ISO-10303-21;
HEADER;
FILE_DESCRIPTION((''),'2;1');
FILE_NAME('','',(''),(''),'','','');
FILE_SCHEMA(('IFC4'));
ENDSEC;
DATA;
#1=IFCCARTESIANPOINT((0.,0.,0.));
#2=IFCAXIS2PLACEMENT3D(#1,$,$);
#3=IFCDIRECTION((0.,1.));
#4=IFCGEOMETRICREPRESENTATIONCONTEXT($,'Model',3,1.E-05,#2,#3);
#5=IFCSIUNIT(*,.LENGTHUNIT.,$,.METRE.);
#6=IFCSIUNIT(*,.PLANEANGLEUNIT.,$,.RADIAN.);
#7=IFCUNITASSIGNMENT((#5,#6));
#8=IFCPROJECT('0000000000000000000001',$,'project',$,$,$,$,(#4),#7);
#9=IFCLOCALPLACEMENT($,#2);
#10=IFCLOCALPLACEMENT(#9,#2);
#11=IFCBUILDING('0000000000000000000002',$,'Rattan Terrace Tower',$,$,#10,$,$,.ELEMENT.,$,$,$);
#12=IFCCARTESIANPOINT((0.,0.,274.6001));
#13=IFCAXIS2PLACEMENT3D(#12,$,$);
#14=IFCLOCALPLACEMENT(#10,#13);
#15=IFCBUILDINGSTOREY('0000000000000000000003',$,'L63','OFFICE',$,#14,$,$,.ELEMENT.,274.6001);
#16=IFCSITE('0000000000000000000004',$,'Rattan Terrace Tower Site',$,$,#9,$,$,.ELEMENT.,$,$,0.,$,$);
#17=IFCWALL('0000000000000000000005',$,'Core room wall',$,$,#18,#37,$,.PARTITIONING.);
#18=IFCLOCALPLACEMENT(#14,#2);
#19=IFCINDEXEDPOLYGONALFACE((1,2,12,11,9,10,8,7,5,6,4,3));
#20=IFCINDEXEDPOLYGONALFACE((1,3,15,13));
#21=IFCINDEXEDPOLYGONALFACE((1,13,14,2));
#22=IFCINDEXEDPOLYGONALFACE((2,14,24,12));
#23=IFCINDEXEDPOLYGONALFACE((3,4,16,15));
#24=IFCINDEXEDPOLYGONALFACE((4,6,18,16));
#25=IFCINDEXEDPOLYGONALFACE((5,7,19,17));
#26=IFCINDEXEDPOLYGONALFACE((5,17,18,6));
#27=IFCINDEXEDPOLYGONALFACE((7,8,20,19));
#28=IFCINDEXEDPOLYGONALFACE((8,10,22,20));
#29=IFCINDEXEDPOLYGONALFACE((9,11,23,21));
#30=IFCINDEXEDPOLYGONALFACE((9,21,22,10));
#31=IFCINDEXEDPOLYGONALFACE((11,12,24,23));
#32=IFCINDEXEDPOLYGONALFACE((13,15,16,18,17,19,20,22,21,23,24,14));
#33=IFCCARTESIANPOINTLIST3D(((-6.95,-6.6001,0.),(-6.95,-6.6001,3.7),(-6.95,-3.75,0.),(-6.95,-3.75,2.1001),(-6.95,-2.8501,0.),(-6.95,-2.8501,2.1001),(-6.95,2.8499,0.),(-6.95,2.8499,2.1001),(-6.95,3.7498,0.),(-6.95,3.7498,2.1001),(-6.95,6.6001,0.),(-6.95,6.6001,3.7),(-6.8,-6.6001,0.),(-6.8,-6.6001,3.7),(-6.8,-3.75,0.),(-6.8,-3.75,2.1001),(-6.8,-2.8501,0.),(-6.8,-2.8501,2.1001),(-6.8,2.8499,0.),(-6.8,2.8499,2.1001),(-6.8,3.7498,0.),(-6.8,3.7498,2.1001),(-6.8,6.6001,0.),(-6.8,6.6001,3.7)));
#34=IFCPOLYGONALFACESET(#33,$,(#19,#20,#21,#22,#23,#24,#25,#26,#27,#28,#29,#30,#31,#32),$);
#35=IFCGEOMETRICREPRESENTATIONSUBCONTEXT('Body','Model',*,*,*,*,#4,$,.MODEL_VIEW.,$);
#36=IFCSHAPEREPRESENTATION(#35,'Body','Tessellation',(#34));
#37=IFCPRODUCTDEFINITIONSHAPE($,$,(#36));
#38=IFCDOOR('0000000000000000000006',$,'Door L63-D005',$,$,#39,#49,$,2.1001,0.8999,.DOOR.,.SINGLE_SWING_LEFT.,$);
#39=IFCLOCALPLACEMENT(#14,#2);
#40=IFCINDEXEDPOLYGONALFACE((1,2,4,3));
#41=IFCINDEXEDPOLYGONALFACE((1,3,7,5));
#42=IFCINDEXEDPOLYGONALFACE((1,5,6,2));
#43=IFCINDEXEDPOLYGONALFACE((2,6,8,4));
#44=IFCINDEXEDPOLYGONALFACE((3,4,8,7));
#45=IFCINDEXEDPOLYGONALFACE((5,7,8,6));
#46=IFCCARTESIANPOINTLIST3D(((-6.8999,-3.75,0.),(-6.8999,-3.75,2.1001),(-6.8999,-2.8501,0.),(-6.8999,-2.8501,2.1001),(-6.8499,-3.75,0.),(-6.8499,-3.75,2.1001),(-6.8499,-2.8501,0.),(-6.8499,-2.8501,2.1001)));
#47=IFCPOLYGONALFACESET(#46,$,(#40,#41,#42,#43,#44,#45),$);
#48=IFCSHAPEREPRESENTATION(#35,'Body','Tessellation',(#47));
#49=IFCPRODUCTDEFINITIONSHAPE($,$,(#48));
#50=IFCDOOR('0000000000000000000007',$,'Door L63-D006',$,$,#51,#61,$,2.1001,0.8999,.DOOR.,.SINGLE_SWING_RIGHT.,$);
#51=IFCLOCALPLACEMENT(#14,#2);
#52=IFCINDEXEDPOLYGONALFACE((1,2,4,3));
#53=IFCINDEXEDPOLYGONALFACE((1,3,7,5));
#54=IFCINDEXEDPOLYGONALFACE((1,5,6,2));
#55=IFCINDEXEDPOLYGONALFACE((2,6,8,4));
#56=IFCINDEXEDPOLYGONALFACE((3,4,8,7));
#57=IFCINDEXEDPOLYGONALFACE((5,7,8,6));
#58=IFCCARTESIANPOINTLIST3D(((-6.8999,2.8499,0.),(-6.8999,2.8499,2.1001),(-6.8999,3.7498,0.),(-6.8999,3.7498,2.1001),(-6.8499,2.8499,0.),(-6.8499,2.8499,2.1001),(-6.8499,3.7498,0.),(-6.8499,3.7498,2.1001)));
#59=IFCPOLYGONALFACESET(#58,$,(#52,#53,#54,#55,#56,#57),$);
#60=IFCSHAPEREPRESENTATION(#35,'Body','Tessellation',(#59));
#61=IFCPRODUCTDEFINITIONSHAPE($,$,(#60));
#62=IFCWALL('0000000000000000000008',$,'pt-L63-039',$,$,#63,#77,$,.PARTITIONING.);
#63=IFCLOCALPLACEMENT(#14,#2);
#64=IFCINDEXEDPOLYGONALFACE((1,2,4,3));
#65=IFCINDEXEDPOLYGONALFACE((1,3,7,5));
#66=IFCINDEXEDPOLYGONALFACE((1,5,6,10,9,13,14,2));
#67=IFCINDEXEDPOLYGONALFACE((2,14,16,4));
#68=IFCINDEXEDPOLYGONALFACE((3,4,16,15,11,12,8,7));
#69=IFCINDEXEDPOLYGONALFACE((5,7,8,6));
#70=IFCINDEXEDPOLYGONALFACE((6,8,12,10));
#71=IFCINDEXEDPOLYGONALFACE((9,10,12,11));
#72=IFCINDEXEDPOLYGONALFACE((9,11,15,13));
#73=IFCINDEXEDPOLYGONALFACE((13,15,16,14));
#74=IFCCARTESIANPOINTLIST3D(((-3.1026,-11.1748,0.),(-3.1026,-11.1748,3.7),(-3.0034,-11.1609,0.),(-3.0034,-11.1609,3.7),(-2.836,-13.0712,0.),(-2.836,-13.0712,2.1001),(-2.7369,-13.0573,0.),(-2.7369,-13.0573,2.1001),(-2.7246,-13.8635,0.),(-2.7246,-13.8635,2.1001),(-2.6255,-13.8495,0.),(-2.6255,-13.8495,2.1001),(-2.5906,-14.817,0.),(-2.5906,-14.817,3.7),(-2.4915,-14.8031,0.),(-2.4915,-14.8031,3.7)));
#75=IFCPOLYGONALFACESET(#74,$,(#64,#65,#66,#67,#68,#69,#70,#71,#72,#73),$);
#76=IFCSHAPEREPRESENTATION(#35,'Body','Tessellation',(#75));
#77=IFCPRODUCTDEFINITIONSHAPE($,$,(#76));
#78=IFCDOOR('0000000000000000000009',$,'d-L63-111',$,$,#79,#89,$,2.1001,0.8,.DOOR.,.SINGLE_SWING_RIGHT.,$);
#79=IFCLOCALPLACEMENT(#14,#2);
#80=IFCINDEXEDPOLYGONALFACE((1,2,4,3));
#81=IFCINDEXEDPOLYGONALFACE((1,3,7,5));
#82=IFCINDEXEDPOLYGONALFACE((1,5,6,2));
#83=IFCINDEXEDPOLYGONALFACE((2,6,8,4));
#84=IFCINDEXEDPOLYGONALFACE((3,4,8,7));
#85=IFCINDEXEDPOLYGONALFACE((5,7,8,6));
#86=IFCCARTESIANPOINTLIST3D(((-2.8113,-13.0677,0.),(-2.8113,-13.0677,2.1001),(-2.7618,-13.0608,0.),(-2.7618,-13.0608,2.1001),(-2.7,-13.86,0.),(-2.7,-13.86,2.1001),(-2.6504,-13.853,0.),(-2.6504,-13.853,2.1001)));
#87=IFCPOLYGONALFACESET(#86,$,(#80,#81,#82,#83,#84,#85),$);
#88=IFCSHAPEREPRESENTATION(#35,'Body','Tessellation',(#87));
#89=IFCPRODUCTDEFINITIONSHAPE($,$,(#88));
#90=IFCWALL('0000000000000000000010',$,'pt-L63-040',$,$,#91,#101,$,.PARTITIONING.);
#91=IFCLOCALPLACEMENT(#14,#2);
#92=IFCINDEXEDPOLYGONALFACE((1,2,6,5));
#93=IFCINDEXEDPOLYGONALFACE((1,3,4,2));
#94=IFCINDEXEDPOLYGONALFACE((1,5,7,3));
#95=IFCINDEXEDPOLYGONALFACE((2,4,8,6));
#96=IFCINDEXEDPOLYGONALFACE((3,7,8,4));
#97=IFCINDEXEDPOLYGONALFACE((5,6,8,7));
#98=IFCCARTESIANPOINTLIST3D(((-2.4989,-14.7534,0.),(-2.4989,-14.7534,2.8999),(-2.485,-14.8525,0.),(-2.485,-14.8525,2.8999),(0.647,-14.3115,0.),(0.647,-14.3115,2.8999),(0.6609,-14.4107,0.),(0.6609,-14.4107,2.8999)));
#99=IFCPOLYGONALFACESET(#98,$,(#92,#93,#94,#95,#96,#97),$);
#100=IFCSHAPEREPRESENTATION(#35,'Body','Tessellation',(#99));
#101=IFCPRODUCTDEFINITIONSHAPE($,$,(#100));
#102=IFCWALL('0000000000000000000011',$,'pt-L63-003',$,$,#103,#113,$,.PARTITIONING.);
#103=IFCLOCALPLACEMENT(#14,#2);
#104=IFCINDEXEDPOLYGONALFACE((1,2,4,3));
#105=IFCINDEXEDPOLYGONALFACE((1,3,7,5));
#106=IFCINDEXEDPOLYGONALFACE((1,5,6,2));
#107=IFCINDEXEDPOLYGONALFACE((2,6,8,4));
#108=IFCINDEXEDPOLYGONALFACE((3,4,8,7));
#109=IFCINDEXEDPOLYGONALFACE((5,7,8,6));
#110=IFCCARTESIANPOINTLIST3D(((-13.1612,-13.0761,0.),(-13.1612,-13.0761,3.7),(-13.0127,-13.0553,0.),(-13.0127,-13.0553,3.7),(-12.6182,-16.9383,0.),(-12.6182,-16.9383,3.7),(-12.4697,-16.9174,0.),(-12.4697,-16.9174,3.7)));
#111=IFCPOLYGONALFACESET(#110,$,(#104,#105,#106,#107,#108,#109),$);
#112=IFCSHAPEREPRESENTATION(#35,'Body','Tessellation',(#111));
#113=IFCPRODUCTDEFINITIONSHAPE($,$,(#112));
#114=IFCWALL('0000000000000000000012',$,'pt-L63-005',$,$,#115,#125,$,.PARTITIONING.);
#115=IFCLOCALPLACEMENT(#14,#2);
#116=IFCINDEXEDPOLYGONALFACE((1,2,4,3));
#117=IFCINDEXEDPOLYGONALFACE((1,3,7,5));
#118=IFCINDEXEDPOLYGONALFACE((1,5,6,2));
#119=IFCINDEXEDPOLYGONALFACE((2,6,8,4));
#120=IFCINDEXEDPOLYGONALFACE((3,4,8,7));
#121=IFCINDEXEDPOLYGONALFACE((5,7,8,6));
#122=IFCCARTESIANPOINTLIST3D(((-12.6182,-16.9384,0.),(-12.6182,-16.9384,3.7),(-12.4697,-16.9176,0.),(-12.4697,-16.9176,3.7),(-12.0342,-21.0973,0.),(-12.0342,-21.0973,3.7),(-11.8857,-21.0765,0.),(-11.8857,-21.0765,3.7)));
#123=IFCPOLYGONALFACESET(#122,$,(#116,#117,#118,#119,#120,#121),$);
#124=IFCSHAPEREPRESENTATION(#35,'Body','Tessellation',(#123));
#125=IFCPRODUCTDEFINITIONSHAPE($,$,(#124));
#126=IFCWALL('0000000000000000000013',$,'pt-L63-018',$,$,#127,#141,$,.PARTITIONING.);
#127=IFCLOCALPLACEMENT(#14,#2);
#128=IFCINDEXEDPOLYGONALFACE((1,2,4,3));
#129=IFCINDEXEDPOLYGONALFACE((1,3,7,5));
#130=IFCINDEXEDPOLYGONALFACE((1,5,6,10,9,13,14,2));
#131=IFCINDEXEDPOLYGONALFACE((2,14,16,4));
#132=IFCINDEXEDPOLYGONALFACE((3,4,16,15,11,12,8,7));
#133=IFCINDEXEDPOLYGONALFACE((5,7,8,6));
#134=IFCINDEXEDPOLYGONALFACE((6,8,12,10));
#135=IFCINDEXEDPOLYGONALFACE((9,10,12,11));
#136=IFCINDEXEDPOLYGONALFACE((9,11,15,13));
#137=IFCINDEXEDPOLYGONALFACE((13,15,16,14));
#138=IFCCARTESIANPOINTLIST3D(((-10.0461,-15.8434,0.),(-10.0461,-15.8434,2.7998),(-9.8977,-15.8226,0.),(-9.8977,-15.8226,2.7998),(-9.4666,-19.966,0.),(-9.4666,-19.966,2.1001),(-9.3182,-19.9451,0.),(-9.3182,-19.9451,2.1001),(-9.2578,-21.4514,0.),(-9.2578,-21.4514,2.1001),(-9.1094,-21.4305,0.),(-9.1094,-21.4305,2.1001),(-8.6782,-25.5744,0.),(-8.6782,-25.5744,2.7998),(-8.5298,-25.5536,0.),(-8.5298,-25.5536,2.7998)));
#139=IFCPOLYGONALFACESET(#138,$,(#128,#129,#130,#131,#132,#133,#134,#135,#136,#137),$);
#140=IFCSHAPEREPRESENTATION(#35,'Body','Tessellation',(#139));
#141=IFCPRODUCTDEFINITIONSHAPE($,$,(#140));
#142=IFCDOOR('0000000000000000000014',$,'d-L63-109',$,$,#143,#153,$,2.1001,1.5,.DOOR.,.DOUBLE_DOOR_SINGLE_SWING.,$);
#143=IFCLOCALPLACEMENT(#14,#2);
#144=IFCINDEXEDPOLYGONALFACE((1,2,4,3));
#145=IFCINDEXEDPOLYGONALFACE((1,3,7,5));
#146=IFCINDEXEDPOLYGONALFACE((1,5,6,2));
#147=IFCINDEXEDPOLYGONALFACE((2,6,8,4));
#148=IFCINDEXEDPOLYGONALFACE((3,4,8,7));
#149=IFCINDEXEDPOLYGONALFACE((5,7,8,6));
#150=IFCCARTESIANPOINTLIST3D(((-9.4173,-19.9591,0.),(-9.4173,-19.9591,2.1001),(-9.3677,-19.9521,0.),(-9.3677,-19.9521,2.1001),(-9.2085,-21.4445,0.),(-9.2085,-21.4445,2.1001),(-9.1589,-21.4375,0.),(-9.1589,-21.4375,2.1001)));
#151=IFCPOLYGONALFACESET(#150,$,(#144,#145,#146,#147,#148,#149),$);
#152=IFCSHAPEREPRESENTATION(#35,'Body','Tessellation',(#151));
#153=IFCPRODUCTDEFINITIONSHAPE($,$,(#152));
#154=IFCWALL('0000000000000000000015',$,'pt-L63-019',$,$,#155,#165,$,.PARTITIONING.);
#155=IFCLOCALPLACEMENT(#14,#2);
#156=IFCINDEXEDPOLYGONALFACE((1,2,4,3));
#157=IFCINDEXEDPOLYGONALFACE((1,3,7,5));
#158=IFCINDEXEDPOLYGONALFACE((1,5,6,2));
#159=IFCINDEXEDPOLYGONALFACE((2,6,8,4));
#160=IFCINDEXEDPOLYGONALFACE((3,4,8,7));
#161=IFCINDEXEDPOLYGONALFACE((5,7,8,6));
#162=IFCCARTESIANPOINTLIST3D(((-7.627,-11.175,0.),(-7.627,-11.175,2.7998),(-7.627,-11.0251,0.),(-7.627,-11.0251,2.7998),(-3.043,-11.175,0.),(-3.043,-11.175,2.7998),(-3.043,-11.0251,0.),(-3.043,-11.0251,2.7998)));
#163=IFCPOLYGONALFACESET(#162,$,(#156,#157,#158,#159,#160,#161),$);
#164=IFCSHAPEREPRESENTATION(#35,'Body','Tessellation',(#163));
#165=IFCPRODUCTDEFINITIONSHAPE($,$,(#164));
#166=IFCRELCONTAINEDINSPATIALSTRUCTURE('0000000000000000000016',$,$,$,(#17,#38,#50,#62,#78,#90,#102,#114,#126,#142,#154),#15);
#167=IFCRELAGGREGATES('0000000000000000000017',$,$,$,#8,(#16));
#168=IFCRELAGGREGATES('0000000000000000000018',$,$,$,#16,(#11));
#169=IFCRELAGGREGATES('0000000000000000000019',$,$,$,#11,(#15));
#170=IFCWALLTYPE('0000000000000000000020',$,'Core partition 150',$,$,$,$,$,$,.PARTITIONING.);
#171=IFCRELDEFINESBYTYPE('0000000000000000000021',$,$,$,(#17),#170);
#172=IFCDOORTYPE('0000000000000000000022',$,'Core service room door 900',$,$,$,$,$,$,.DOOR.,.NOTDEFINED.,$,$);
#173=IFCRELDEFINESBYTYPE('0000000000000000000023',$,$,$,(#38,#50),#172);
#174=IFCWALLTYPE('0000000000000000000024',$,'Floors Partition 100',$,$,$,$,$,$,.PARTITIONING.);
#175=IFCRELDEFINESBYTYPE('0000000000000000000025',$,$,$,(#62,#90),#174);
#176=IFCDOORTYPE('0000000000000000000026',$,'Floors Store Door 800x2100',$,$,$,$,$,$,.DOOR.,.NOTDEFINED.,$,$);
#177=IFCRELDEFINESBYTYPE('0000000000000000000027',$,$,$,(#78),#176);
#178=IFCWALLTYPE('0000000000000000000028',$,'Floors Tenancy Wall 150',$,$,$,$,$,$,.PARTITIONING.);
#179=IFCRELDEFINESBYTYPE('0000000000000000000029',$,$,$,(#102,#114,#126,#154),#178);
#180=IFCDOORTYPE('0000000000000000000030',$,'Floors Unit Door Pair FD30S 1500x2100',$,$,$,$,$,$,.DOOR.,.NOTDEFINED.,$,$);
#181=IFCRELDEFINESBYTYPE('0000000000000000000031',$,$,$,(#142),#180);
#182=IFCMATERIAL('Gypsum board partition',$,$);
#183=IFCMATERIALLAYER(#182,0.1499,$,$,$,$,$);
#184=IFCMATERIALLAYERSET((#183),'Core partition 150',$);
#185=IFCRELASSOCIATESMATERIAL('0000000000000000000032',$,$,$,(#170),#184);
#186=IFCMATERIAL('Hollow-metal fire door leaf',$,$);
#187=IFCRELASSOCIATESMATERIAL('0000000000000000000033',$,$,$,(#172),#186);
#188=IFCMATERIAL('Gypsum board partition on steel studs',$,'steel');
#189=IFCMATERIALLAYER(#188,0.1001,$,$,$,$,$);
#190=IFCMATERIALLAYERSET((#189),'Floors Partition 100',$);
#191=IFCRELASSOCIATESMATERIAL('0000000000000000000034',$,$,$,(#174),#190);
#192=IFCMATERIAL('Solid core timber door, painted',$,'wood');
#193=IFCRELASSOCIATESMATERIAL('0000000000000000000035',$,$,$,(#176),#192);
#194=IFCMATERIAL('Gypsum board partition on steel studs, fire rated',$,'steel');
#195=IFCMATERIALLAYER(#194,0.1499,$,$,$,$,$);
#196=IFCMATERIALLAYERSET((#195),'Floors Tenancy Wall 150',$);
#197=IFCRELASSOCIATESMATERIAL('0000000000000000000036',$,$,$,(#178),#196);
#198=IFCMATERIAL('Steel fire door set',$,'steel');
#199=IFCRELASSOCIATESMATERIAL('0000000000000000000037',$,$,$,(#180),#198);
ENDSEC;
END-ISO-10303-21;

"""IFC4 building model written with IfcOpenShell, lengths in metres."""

from ifc_helpers import new_model, si_unit, direction, frame, frame_2d, origin, place, context, subcontext, project, spatial, rectangle, extrude, material, layer, layer_set, type_object, element, fill, save


model = new_model("IFC4")

# Units and contexts
model_context = context("Model", 3, precision=1e-05, world=origin(), true_north=direction((0.0, 1.0)))
body_context = subcontext(model_context, "Body", "Model", "MODEL_VIEW")
ifc_project = project(units=[si_unit("LENGTHUNIT", "METRE"), si_unit("PLANEANGLEUNIT", "RADIAN")], contexts=[model_context])

# Site, building, storey
site_placement = place(None, origin())
site = spatial("IfcSite", under=ifc_project, at=site_placement, Name="Rattan Terrace Tower Site", CompositionType="ELEMENT", RefElevation=0.0)
building_placement = place(site_placement, origin())
building = spatial("IfcBuilding", under=site, at=building_placement, Name="Rattan Terrace Tower", CompositionType="ELEMENT")
storey_placement = place(building_placement, frame((0.0, 0.0, 274.6001)))
storey = spatial("IfcBuildingStorey", under=building, at=storey_placement, Name="L63", Description="OFFICE", CompositionType="ELEMENT", Elevation=274.6001)

# Wall, openings, doors
ifc_material_1 = material(Name="Gypsum board partition")
ifc_layer_1 = layer(ifc_material_1, 0.1499)
ifc_layer_set_1 = layer_set([ifc_layer_1], Name="Core partition 150")
wall_type_1 = type_object("IfcWallType", Name="Core partition 150", PredefinedType="PARTITIONING", material=ifc_layer_set_1)
wall_1_placement = place(storey_placement, frame((-6.875, -6.6001, 0.0), z_axis=(0.0, 0.0, 1.0), x_axis=(0.0, 1.0, 0.0)))
wall_1 = element("IfcWall", 1, at=wall_1_placement, inside=storey, type_object=wall_type_1, Name="Core room wall", PredefinedType="PARTITIONING", context=body_context, shape_type="SweptSolid", body=[
    extrude(rectangle(XDim=13.2002, YDim=0.1499, at=frame_2d((6.6001, 0.0))), origin(), (0.0, 0.0, 1.0), 3.7),
])
opening_1_placement = place(wall_1_placement, frame((2.8501, 0.0, 0.0)))
opening_1 = element("IfcOpeningElement", 2, at=opening_1_placement, cuts=wall_1, PredefinedType="OPENING", context=body_context, shape_type="SweptSolid", body=[
    extrude(rectangle(XDim=0.8999, YDim=2.1001, at=frame_2d((0.45, 1.05))), frame((0.0, 0.0854, 0.0), z_axis=(0.0, -1.0, 0.0), x_axis=(1.0, 0.0, 0.0)), (0.0, 0.0, 1.0), 0.1709),
])
opening_2_placement = place(wall_1_placement, frame((9.45, 0.0, 0.0)))
opening_2 = element("IfcOpeningElement", 3, at=opening_2_placement, cuts=wall_1, PredefinedType="OPENING", context=body_context, shape_type="SweptSolid", body=[
    extrude(rectangle(XDim=0.8999, YDim=2.1001, at=frame_2d((0.45, 1.05))), frame((0.0, 0.0854, 0.0), z_axis=(0.0, -1.0, 0.0), x_axis=(1.0, 0.0, 0.0)), (0.0, 0.0, 1.0), 0.1709),
])
ifc_material_2 = material(Name="Hollow-metal fire door leaf")
door_type_1 = type_object("IfcDoorType", Name="Core service room door 900", OperationType="NOTDEFINED", PredefinedType="DOOR", material=ifc_material_2)
door_1_placement = place(opening_1_placement, origin())
door_1 = element("IfcDoor", 4, at=door_1_placement, inside=storey, type_object=door_type_1, Name="Door L63-D005", OperationType="SINGLE_SWING_LEFT", OverallHeight=2.1001, OverallWidth=0.8999, PredefinedType="DOOR", context=body_context, shape_type="SweptSolid", body=[
    extrude(rectangle(XDim=0.8999, YDim=2.1001, at=frame_2d((0.45, 1.05))), frame((0.0, 0.0249, 0.0), z_axis=(0.0, -1.0, 0.0), x_axis=(1.0, 0.0, 0.0)), (0.0, 0.0, 1.0), 0.05),
])
fill(opening_1, door_1)
door_2_placement = place(opening_2_placement, origin())
door_2 = element("IfcDoor", 5, at=door_2_placement, inside=storey, type_object=door_type_1, Name="Door L63-D006", OperationType="SINGLE_SWING_RIGHT", OverallHeight=2.1001, OverallWidth=0.8999, PredefinedType="DOOR", context=body_context, shape_type="SweptSolid", body=[
    extrude(rectangle(XDim=0.8999, YDim=2.1001, at=frame_2d((0.45, 1.05))), frame((0.0, 0.0249, 0.0), z_axis=(0.0, -1.0, 0.0), x_axis=(1.0, 0.0, 0.0)), (0.0, 0.0, 1.0), 0.05),
])
fill(opening_2, door_2)

# Wall, opening, door
ifc_material_3 = material(Name="Gypsum board partition on steel studs", Category="steel")
ifc_layer_2 = layer(ifc_material_3, 0.1001)
ifc_layer_set_2 = layer_set([ifc_layer_2], Name="Floors Partition 100")
wall_type_2 = type_object("IfcWallType", Name="Floors Partition 100", PredefinedType="PARTITIONING", material=ifc_layer_set_2)
wall_2_placement = place(storey_placement, frame((-3.053, -11.168, 0.0), z_axis=(0.0, 0.0, 1.0), x_axis=(0.1392, -0.990264, 0.0)))
wall_2 = element("IfcWall", 6, at=wall_2_placement, inside=storey, type_object=wall_type_2, Name="pt-L63-039", PredefinedType="PARTITIONING", context=body_context, shape_type="SweptSolid", body=[
    extrude(rectangle(XDim=3.678, YDim=0.1001, at=frame_2d((1.8389, 0.0))), origin(), (0.0, 0.0, 1.0), 3.7),
])
opening_3_placement = place(wall_2_placement, frame((1.915, 0.0, 0.0)))
opening_3 = element("IfcOpeningElement", 7, at=opening_3_placement, cuts=wall_2, PredefinedType="OPENING", context=body_context, shape_type="SweptSolid", body=[
    extrude(rectangle(XDim=0.8, YDim=2.1001, at=frame_2d((0.3999, 1.05))), frame((0.0, 0.0605, 0.0), z_axis=(0.0, -1.0, 0.0), x_axis=(1.0, 0.0, 0.0)), (0.0, 0.0, 1.0), 0.1211),
])
ifc_material_4 = material(Name="Solid core timber door, painted", Category="wood")
door_type_2 = type_object("IfcDoorType", Name="Floors Store Door 800x2100", OperationType="NOTDEFINED", PredefinedType="DOOR", material=ifc_material_4)
door_3_placement = place(opening_3_placement, origin())
door_3 = element("IfcDoor", 8, at=door_3_placement, inside=storey, type_object=door_type_2, Name="d-L63-111", OperationType="SINGLE_SWING_RIGHT", OverallHeight=2.1001, OverallWidth=0.8, PredefinedType="DOOR", context=body_context, shape_type="SweptSolid", body=[
    extrude(rectangle(XDim=0.8, YDim=2.1001, at=frame_2d((0.3999, 1.05))), frame((0.0, 0.0249, 0.0), z_axis=(0.0, -1.0, 0.0), x_axis=(1.0, 0.0, 0.0)), (0.0, 0.0, 1.0), 0.05),
])
fill(opening_3, door_3)

# Walls
wall_3_placement = place(storey_placement, frame((-2.4919, -14.803, 0.0), z_axis=(0.0, 0.0, 1.0), x_axis=(0.990279, 0.139097, 0.0)))
element("IfcWall", 9, at=wall_3_placement, inside=storey, type_object=wall_type_2, Name="pt-L63-040", PredefinedType="PARTITIONING", context=body_context, shape_type="SweptSolid", body=[
    extrude(rectangle(XDim=3.1768, YDim=0.1001, at=frame_2d((1.5884, 0.0))), origin(), (0.0, 0.0, 1.0), 2.8999),
])
ifc_material_5 = material(Name="Gypsum board partition on steel studs, fire rated", Category="steel")
ifc_layer_3 = layer(ifc_material_5, 0.1499)
ifc_layer_set_3 = layer_set([ifc_layer_3], Name="Floors Tenancy Wall 150")
wall_type_3 = type_object("IfcWallType", Name="Floors Tenancy Wall 150", PredefinedType="PARTITIONING", material=ifc_layer_set_3)
wall_4_placement = place(storey_placement, frame((-12.5439, -16.928, 0.0), z_axis=(0.0, 0.0, 1.0), x_axis=(-0.139221, 0.990261, 0.0)))
element("IfcWall", 10, at=wall_4_placement, inside=storey, type_object=wall_type_3, Name="pt-L63-003", PredefinedType="PARTITIONING", context=body_context, shape_type="SweptSolid", body=[
    extrude(rectangle(XDim=3.9001, YDim=0.1499, at=frame_2d((1.9502, 0.0))), origin(), (0.0, 0.0, 1.0), 3.7),
])
wall_5_placement = place(storey_placement, frame((-11.96, -21.0869, 0.0), z_axis=(0.0, 0.0, 1.0), x_axis=(-0.139053, 0.990285, 0.0)))
element("IfcWall", 11, at=wall_5_placement, inside=storey, type_object=wall_type_3, Name="pt-L63-005", PredefinedType="PARTITIONING", context=body_context, shape_type="SweptSolid", body=[
    extrude(rectangle(XDim=4.1997, YDim=0.1499, at=frame_2d((2.0999, 0.0))), origin(), (0.0, 0.0, 1.0), 3.7),
])

# Wall, opening, door
wall_6_placement = place(storey_placement, frame((-9.9719, -15.833, 0.0), z_axis=(0.0, 0.0, 1.0), x_axis=(0.139205, -0.990264, 0.0)))
wall_6 = element("IfcWall", 12, at=wall_6_placement, inside=storey, type_object=wall_type_3, Name="pt-L63-018", PredefinedType="PARTITIONING", context=body_context, shape_type="SweptSolid", body=[
    extrude(rectangle(XDim=9.8267, YDim=0.1499, at=frame_2d((4.9133, 0.0))), origin(), (0.0, 0.0, 1.0), 2.7998),
])
opening_4_placement = place(wall_6_placement, frame((4.1631, 0.0, 0.0)))
opening_4 = element("IfcOpeningElement", 13, at=opening_4_placement, cuts=wall_6, PredefinedType="OPENING", context=body_context, shape_type="SweptSolid", body=[
    extrude(rectangle(XDim=1.5, YDim=2.1001, at=frame_2d((0.75, 1.05))), frame((0.0, 0.0854, 0.0), z_axis=(0.0, -1.0, 0.0), x_axis=(1.0, 0.0, 0.0)), (0.0, 0.0, 1.0), 0.1709),
])
ifc_material_6 = material(Name="Steel fire door set", Category="steel")
door_type_3 = type_object("IfcDoorType", Name="Floors Unit Door Pair FD30S 1500x2100", OperationType="NOTDEFINED", PredefinedType="DOOR", material=ifc_material_6)
door_4_placement = place(opening_4_placement, origin())
door_4 = element("IfcDoor", 14, at=door_4_placement, inside=storey, type_object=door_type_3, Name="d-L63-109", OperationType="DOUBLE_DOOR_SINGLE_SWING", OverallHeight=2.1001, OverallWidth=1.5, PredefinedType="DOOR", context=body_context, shape_type="SweptSolid", body=[
    extrude(rectangle(XDim=1.5, YDim=2.1001, at=frame_2d((0.75, 1.05))), frame((0.0, 0.0249, 0.0), z_axis=(0.0, -1.0, 0.0), x_axis=(1.0, 0.0, 0.0)), (0.0, 0.0, 1.0), 0.05),
])
fill(opening_4, door_4)

# Wall
wall_7_placement = place(storey_placement, frame((-3.043, -11.1001, 0.0), z_axis=(0.0, 0.0, 1.0), x_axis=(-1.0, 0.0, 0.0)))
element("IfcWall", 15, at=wall_7_placement, inside=storey, type_object=wall_type_3, Name="pt-L63-019", PredefinedType="PARTITIONING", context=body_context, shape_type="SweptSolid", body=[
    extrude(rectangle(XDim=4.584, YDim=0.1499, at=frame_2d((2.292, 0.0))), origin(), (0.0, 0.0, 1.0), 2.7998),
])

save(model, "model.ifc")
